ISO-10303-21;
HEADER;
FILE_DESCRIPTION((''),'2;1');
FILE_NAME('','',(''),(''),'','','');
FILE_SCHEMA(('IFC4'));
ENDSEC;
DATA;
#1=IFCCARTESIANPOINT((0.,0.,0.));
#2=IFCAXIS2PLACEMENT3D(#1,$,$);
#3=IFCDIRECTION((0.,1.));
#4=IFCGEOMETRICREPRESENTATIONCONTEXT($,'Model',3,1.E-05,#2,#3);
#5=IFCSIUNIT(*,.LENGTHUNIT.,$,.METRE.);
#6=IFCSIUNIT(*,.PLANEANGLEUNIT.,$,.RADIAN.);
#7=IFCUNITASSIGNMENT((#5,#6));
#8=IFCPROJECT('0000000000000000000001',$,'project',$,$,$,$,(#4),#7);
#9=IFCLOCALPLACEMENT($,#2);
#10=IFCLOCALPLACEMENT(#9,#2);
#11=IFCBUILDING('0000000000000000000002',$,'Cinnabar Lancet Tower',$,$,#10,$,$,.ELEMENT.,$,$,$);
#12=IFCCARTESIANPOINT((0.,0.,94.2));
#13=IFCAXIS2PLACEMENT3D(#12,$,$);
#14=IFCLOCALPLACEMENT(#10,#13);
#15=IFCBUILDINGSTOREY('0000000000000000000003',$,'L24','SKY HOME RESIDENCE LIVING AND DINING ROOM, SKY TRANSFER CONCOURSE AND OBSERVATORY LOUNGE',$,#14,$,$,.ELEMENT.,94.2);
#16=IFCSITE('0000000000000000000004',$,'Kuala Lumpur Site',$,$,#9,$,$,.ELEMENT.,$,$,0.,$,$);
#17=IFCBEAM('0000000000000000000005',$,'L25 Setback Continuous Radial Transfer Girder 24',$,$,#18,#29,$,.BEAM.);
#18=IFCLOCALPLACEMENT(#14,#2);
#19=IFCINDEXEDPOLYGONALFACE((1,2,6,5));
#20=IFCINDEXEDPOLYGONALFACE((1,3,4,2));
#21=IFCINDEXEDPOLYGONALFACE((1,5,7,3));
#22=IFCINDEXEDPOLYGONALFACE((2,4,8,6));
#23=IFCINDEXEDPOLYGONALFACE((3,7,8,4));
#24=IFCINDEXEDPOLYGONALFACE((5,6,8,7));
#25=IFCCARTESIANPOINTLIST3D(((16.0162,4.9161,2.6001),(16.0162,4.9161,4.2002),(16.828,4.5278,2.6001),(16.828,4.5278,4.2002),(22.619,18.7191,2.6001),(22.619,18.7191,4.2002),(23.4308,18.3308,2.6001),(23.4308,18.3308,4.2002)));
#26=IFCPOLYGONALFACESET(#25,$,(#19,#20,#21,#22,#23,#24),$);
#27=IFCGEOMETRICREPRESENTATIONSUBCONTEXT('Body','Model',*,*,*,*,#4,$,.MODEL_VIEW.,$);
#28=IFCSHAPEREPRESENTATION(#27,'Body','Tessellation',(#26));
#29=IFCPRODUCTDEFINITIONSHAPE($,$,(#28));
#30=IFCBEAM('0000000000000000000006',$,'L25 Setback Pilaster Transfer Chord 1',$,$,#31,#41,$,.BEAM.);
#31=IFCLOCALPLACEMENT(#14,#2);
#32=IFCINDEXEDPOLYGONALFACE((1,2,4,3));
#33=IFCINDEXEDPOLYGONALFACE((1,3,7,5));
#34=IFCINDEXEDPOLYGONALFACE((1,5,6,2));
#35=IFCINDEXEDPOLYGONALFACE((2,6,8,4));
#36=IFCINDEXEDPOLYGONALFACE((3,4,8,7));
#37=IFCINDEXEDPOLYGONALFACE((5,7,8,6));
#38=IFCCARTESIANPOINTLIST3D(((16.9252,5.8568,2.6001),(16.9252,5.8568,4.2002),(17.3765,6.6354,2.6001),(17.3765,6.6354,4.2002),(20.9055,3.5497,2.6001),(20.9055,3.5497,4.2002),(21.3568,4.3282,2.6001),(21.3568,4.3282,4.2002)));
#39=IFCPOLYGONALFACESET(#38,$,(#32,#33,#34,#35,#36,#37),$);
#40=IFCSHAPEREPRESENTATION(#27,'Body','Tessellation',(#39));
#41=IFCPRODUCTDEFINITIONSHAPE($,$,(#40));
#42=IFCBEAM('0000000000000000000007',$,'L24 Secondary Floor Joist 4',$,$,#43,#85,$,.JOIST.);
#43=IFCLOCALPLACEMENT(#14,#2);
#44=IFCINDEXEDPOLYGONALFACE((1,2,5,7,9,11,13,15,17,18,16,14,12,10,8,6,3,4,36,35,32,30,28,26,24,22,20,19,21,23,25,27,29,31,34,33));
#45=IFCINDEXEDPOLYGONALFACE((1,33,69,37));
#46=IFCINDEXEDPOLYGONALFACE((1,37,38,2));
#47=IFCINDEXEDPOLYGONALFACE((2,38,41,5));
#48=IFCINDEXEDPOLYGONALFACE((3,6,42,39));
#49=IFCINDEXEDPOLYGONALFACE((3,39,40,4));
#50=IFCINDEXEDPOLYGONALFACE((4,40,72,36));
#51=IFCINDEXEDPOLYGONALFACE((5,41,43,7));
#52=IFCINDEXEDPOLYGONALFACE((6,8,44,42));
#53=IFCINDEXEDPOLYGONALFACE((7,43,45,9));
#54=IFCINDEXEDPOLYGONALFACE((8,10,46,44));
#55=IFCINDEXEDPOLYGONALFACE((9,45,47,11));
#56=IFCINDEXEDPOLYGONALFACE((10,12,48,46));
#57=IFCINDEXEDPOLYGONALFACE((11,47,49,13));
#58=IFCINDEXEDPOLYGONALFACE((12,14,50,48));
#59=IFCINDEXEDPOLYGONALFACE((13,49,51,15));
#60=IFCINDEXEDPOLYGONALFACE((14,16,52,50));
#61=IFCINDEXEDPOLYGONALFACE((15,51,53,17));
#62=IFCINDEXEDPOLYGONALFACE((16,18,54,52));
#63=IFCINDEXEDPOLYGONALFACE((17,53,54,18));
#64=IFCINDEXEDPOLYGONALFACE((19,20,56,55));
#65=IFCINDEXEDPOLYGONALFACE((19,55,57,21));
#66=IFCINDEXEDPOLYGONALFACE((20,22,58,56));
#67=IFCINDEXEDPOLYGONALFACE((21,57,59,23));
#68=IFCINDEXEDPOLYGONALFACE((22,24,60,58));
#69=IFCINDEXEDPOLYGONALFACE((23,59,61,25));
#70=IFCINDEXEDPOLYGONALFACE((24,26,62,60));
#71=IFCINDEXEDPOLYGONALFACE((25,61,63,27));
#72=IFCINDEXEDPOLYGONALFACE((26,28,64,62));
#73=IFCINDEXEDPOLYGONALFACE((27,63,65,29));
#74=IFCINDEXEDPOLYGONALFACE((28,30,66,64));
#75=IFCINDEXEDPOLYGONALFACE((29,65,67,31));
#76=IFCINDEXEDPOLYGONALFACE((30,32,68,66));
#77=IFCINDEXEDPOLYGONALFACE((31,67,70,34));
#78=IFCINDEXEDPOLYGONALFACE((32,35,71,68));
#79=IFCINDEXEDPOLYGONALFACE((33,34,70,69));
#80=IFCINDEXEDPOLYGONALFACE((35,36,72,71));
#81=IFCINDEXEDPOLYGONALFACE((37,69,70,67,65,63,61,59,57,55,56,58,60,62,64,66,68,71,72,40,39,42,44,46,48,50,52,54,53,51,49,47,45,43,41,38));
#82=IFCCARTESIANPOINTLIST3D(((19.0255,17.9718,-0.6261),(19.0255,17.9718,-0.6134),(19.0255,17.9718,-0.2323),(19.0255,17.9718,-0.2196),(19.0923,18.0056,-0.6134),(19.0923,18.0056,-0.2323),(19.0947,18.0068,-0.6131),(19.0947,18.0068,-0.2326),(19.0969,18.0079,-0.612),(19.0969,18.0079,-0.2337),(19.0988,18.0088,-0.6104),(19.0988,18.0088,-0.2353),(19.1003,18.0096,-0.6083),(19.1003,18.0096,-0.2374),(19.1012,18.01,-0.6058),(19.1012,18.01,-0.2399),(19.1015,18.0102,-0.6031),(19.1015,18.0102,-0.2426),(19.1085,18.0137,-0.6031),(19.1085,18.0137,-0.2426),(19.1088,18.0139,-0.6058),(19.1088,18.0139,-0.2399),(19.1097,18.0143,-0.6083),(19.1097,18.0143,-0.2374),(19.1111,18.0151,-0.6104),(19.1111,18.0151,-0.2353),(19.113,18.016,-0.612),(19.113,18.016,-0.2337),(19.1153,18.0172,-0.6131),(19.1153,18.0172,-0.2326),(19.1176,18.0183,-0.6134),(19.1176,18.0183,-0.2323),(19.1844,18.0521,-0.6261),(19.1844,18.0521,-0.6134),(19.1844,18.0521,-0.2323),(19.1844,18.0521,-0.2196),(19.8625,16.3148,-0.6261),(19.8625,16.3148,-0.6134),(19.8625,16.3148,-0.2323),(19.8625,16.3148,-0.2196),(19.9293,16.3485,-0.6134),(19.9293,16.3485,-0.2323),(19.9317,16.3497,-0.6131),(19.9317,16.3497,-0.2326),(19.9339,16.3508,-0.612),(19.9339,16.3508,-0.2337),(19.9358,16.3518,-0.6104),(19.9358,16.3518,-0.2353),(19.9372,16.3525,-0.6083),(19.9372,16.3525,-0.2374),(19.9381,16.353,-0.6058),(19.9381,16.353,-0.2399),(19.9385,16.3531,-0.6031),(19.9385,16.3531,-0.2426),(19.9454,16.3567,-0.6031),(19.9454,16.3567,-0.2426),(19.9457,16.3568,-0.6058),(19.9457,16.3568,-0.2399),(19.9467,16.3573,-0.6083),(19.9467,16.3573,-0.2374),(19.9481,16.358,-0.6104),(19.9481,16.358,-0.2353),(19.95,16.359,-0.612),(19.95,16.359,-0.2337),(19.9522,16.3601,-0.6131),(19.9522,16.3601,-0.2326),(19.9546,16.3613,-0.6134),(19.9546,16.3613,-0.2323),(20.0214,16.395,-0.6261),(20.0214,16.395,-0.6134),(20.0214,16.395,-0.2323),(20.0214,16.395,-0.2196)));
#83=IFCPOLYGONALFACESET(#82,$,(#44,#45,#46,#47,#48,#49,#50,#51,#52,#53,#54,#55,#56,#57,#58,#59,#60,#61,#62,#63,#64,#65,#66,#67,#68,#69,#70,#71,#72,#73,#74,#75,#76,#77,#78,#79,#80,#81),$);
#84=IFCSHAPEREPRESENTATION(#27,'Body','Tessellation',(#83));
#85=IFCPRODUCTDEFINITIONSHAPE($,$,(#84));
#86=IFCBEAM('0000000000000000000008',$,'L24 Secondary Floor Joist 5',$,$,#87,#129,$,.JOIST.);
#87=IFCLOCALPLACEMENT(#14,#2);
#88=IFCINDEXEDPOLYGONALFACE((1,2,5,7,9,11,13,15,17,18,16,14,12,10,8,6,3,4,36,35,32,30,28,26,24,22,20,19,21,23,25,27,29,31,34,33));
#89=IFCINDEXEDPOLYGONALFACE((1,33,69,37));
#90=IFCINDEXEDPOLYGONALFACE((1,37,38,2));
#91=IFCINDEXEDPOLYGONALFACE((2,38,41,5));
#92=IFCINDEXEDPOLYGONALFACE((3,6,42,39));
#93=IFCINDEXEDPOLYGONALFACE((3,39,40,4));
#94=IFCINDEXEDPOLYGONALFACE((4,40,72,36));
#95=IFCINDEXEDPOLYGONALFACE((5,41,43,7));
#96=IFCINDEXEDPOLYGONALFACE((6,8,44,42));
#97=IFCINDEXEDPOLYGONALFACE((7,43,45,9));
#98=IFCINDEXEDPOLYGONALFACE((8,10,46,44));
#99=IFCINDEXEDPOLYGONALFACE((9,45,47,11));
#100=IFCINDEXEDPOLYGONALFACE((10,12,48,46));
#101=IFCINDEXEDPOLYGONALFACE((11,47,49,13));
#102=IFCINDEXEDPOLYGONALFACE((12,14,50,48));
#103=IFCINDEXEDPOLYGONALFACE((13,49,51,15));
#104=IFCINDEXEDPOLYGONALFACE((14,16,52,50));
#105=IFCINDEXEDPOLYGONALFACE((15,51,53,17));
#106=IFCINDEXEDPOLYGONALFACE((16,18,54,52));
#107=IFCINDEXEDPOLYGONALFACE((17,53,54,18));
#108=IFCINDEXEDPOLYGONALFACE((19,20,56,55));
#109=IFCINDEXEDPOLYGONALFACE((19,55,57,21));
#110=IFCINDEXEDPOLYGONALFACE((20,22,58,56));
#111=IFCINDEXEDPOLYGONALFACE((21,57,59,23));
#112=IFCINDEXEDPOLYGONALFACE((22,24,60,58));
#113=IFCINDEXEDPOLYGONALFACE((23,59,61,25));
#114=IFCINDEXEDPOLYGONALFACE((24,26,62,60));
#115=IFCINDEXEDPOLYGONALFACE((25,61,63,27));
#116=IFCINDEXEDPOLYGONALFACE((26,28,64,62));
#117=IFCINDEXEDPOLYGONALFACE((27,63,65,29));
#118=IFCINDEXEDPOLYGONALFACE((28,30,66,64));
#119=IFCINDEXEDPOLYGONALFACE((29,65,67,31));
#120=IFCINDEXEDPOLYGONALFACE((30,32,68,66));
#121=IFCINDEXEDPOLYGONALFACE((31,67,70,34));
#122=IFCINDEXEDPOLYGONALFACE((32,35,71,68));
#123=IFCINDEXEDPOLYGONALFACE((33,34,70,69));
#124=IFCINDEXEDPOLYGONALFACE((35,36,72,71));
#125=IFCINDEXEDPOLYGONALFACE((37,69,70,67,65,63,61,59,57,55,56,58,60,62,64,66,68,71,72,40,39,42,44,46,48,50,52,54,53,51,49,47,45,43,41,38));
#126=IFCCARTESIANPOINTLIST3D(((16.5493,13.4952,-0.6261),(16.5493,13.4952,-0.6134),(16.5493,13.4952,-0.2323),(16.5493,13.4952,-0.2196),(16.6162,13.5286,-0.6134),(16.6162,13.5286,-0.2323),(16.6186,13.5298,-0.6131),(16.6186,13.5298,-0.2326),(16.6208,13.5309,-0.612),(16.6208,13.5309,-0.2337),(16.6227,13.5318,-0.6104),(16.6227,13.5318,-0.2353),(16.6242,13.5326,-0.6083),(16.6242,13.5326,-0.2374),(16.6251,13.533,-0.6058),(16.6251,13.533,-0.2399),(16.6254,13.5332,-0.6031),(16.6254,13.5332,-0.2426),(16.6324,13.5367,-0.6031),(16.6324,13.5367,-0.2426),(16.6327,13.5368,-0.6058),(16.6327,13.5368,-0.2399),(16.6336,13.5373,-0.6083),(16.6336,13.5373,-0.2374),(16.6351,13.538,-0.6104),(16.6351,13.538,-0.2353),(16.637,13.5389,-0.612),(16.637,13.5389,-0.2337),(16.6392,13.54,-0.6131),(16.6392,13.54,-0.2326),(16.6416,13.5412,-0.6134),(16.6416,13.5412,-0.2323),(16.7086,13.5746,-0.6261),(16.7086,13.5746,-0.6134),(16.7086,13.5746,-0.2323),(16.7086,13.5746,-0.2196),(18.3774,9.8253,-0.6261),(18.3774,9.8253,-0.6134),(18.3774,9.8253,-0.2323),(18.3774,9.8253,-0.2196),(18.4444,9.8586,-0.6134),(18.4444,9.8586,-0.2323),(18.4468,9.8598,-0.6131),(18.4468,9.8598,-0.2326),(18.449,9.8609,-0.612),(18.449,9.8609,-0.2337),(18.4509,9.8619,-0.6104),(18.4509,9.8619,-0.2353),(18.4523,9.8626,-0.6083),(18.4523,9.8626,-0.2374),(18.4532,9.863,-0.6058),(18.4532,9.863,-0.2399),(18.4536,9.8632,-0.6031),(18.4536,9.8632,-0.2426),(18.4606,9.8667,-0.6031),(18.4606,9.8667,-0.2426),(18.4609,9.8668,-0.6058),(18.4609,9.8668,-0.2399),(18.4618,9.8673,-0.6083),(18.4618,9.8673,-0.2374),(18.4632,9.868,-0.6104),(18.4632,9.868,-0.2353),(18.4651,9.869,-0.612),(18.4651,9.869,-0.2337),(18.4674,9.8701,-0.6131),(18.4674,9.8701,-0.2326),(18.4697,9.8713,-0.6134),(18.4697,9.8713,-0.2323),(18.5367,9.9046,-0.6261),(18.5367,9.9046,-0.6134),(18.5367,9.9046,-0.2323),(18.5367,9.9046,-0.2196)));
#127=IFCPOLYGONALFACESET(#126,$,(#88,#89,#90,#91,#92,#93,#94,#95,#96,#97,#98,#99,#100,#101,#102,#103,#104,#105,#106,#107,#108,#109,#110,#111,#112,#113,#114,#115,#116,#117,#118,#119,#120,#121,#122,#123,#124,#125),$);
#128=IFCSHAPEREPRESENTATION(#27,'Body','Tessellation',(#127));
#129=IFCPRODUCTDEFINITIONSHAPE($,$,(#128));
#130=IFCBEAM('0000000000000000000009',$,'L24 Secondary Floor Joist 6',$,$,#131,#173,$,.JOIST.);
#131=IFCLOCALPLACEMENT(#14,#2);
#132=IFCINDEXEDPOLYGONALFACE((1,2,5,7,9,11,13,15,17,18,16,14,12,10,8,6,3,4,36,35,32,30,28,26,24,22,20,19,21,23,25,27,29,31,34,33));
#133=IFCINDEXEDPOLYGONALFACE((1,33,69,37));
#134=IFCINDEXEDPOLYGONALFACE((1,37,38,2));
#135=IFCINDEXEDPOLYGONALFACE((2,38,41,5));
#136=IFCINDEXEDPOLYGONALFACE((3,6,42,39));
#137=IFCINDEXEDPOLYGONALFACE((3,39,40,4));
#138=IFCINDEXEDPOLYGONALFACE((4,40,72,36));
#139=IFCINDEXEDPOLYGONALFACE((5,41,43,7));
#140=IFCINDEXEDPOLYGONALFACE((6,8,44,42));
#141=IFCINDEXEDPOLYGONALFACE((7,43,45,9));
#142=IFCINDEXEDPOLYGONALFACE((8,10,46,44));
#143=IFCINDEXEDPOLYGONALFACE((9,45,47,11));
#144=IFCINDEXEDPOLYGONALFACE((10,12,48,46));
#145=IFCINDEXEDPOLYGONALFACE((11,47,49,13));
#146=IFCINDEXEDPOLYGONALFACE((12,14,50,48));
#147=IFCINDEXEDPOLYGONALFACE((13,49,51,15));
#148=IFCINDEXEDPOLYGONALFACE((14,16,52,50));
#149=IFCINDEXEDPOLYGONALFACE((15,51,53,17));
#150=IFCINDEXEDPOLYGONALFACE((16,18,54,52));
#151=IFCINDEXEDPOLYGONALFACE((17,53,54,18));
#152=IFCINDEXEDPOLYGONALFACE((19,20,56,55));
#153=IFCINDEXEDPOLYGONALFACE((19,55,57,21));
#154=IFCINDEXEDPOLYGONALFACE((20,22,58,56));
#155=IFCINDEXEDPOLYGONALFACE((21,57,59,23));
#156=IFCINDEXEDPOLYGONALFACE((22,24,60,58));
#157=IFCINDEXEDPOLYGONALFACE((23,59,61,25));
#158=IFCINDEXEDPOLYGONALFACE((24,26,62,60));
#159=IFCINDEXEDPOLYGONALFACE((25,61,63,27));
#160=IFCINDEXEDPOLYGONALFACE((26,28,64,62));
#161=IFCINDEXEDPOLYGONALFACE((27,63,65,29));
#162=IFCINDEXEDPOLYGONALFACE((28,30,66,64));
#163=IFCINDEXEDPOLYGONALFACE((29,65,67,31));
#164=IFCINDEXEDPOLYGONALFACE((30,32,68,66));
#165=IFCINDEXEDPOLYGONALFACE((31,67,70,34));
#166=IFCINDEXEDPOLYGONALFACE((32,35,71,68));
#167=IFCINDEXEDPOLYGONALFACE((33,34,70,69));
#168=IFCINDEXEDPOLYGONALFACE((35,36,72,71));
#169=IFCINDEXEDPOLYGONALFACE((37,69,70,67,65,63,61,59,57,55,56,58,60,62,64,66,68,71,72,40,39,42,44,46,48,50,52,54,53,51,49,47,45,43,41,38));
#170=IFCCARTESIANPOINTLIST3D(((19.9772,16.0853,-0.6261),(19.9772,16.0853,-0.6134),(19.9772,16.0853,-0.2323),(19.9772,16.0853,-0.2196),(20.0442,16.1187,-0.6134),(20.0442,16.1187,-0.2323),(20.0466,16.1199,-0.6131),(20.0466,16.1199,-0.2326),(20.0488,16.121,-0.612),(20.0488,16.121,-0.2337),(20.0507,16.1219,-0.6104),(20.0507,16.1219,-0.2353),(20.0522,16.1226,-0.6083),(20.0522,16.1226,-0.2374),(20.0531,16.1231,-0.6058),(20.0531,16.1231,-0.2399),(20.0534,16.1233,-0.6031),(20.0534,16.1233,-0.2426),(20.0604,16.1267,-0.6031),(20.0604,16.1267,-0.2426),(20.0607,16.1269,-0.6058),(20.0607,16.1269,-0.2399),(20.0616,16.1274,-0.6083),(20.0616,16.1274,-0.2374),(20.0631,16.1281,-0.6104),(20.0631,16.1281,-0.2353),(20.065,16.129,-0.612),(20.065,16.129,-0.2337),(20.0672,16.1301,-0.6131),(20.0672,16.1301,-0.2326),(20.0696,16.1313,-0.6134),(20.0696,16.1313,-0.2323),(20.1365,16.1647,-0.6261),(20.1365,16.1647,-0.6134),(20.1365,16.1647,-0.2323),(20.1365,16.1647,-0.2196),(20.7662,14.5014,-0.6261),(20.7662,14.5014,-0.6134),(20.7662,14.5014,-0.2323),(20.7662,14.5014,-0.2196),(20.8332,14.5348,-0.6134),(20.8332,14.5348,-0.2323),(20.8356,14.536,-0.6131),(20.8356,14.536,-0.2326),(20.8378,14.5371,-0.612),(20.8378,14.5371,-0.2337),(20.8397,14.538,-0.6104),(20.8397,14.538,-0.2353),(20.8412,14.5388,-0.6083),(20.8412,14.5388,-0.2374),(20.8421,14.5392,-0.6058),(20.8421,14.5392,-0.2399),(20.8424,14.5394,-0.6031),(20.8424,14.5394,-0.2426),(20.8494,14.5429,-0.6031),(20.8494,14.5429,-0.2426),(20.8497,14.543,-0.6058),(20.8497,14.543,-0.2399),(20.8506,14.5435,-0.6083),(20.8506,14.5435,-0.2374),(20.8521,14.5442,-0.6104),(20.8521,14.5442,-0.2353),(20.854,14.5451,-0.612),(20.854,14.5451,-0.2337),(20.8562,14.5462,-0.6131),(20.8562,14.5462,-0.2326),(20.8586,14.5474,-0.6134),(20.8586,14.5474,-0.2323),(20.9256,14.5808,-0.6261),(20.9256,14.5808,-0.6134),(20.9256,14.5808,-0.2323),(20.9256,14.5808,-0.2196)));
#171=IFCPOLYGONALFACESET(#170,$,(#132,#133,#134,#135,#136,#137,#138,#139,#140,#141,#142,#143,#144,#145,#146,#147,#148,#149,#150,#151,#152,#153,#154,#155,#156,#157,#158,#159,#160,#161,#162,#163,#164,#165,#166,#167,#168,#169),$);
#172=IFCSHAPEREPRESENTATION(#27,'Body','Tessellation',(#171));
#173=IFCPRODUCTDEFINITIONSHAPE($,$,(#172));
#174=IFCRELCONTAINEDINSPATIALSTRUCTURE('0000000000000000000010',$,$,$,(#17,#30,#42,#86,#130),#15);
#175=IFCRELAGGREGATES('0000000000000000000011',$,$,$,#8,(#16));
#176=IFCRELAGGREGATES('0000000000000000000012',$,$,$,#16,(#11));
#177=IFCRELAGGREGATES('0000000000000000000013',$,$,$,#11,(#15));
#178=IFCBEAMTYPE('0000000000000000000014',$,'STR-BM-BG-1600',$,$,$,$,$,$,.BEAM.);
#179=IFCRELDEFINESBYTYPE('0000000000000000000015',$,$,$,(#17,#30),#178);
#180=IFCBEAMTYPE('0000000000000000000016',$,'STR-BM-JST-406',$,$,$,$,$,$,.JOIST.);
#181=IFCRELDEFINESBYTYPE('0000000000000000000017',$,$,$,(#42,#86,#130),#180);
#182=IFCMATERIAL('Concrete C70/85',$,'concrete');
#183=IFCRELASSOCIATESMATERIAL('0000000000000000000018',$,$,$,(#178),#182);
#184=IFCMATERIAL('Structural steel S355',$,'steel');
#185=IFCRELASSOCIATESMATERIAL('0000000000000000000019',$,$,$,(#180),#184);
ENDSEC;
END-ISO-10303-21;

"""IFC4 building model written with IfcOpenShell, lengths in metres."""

from ifc_helpers import new_model, si_unit, direction, frame, origin, origin_2d, place, context, subcontext, project, spatial, rectangle, i_section, extrude, material, material_profile, profile_set, type_object, element, save


model = new_model("IFC4")

# Units and contexts
model_context = context("Model", 3, precision=1e-05, world=origin(), true_north=direction((0.0, 1.0)))
body_context = subcontext(model_context, "Body", "Model", "MODEL_VIEW")
ifc_project = project(units=[si_unit("LENGTHUNIT", "METRE"), si_unit("PLANEANGLEUNIT", "RADIAN")], contexts=[model_context])

# Site, building, storey
site_placement = place(None, origin())
site = spatial("IfcSite", under=ifc_project, at=site_placement, Name="Kuala Lumpur Site", CompositionType="ELEMENT", RefElevation=0.0)
building_placement = place(site_placement, origin())
building = spatial("IfcBuilding", under=site, at=building_placement, Name="Cinnabar Lancet Tower", CompositionType="ELEMENT")
storey_placement = place(building_placement, frame((0.0, 0.0, 94.2)))
storey = spatial("IfcBuildingStorey", under=building, at=storey_placement, Name="L24", Description="SKY HOME RESIDENCE LIVING AND DINING ROOM, SKY TRANSFER CONCOURSE AND OBSERVATORY LOUNGE", CompositionType="ELEMENT", Elevation=94.2)

# Beams
ifc_material_1 = material(Name="Concrete C70/85", Category="concrete")
ifc_material_profile_1 = material_profile(ifc_material_1, rectangle(XDim=0.8999, YDim=1.6001, at=origin_2d()), Name="RC-BG 900x1600")
ifc_profile_set_1 = profile_set([ifc_material_profile_1], Name="Concrete C70/85")
beam_type_1 = type_object("IfcBeamType", Name="STR-BM-BG-1600", PredefinedType="BEAM", material=ifc_profile_set_1)
beam_1_placement = place(storey_placement, frame((16.4221, 4.7219, 3.4001), z_axis=(0.431528, 0.9021, 0.0), x_axis=(-0.9021, 0.431528, 0.0)))
element("IfcBeam", 1, at=beam_1_placement, inside=storey, type_object=beam_type_1, Name="L25 Setback Continuous Radial Transfer Girder 24", PredefinedType="BEAM", context=body_context, shape_type="SweptSolid", body=[
    extrude(rectangle(XDim=0.8999, YDim=1.6001, at=origin_2d()), origin(), (0.0, 0.0, 1.0), 15.301),
])
beam_2_placement = place(storey_placement, frame((17.1509, 6.2461, 3.4001), z_axis=(0.865163, -0.50149, 0.0), x_axis=(0.50149, 0.865163, 0.0)))
element("IfcBeam", 2, at=beam_2_placement, inside=storey, type_object=beam_type_1, Name="L25 Setback Pilaster Transfer Chord 1", PredefinedType="BEAM", context=body_context, shape_type="SweptSolid", body=[
    extrude(rectangle(XDim=0.8999, YDim=1.6001, at=origin_2d()), origin(), (0.0, 0.0, 1.0), 4.6006),
])
ifc_material_2 = material(Name="Structural steel S355", Category="steel")
ifc_material_profile_2 = material_profile(ifc_material_2, i_section(OverallWidth=0.178, OverallDepth=0.4065, WebThickness=0.0078, FlangeThickness=0.0127, FilletRadius=0.0103, at=origin_2d()), Name="UKB 406x178x60")
ifc_profile_set_2 = profile_set([ifc_material_profile_2], Name="Structural steel S355")
beam_type_2 = type_object("IfcBeamType", Name="STR-BM-JST-406", PredefinedType="JOIST", material=ifc_profile_set_2)
beam_3_placement = place(storey_placement, frame((19.105, 18.012, -0.4229), z_axis=(0.45084, -0.892605, 0.0), x_axis=(0.892605, 0.45084, 0.0)))
element("IfcBeam", 3, at=beam_3_placement, inside=storey, type_object=beam_type_2, Name="L24 Secondary Floor Joist 4", PredefinedType="JOIST", context=body_context, shape_type="SweptSolid", body=[
    extrude(i_section(OverallWidth=0.178, OverallDepth=0.4065, WebThickness=0.0078, FlangeThickness=0.0127, FilletRadius=0.0103, at=origin_2d()), origin(), (0.0, 0.0, 1.0), 1.8564),
])
beam_4_placement = place(storey_placement, frame((16.6289, 13.5349, -0.4229), z_axis=(0.445879, -0.895093, 0.0), x_axis=(0.895093, 0.445879, 0.0)))
element("IfcBeam", 4, at=beam_4_placement, inside=storey, type_object=beam_type_2, Name="L24 Secondary Floor Joist 5", PredefinedType="JOIST", context=body_context, shape_type="SweptSolid", body=[
    extrude(i_section(OverallWidth=0.178, OverallDepth=0.4065, WebThickness=0.0078, FlangeThickness=0.0127, FilletRadius=0.0103, at=origin_2d()), origin(), (0.0, 0.0, 1.0), 4.1001),
])
beam_5_placement = place(storey_placement, frame((20.0569, 16.125, -0.4229), z_axis=(0.445889, -0.895088, 0.0), x_axis=(0.895088, 0.445889, 0.0)))
element("IfcBeam", 5, at=beam_5_placement, inside=storey, type_object=beam_type_2, Name="L24 Secondary Floor Joist 6", PredefinedType="JOIST", context=body_context, shape_type="SweptSolid", body=[
    extrude(i_section(OverallWidth=0.178, OverallDepth=0.4065, WebThickness=0.0078, FlangeThickness=0.0127, FilletRadius=0.0103, at=origin_2d()), origin(), (0.0, 0.0, 1.0), 1.7695),
])

save(model, "model.ifc")
